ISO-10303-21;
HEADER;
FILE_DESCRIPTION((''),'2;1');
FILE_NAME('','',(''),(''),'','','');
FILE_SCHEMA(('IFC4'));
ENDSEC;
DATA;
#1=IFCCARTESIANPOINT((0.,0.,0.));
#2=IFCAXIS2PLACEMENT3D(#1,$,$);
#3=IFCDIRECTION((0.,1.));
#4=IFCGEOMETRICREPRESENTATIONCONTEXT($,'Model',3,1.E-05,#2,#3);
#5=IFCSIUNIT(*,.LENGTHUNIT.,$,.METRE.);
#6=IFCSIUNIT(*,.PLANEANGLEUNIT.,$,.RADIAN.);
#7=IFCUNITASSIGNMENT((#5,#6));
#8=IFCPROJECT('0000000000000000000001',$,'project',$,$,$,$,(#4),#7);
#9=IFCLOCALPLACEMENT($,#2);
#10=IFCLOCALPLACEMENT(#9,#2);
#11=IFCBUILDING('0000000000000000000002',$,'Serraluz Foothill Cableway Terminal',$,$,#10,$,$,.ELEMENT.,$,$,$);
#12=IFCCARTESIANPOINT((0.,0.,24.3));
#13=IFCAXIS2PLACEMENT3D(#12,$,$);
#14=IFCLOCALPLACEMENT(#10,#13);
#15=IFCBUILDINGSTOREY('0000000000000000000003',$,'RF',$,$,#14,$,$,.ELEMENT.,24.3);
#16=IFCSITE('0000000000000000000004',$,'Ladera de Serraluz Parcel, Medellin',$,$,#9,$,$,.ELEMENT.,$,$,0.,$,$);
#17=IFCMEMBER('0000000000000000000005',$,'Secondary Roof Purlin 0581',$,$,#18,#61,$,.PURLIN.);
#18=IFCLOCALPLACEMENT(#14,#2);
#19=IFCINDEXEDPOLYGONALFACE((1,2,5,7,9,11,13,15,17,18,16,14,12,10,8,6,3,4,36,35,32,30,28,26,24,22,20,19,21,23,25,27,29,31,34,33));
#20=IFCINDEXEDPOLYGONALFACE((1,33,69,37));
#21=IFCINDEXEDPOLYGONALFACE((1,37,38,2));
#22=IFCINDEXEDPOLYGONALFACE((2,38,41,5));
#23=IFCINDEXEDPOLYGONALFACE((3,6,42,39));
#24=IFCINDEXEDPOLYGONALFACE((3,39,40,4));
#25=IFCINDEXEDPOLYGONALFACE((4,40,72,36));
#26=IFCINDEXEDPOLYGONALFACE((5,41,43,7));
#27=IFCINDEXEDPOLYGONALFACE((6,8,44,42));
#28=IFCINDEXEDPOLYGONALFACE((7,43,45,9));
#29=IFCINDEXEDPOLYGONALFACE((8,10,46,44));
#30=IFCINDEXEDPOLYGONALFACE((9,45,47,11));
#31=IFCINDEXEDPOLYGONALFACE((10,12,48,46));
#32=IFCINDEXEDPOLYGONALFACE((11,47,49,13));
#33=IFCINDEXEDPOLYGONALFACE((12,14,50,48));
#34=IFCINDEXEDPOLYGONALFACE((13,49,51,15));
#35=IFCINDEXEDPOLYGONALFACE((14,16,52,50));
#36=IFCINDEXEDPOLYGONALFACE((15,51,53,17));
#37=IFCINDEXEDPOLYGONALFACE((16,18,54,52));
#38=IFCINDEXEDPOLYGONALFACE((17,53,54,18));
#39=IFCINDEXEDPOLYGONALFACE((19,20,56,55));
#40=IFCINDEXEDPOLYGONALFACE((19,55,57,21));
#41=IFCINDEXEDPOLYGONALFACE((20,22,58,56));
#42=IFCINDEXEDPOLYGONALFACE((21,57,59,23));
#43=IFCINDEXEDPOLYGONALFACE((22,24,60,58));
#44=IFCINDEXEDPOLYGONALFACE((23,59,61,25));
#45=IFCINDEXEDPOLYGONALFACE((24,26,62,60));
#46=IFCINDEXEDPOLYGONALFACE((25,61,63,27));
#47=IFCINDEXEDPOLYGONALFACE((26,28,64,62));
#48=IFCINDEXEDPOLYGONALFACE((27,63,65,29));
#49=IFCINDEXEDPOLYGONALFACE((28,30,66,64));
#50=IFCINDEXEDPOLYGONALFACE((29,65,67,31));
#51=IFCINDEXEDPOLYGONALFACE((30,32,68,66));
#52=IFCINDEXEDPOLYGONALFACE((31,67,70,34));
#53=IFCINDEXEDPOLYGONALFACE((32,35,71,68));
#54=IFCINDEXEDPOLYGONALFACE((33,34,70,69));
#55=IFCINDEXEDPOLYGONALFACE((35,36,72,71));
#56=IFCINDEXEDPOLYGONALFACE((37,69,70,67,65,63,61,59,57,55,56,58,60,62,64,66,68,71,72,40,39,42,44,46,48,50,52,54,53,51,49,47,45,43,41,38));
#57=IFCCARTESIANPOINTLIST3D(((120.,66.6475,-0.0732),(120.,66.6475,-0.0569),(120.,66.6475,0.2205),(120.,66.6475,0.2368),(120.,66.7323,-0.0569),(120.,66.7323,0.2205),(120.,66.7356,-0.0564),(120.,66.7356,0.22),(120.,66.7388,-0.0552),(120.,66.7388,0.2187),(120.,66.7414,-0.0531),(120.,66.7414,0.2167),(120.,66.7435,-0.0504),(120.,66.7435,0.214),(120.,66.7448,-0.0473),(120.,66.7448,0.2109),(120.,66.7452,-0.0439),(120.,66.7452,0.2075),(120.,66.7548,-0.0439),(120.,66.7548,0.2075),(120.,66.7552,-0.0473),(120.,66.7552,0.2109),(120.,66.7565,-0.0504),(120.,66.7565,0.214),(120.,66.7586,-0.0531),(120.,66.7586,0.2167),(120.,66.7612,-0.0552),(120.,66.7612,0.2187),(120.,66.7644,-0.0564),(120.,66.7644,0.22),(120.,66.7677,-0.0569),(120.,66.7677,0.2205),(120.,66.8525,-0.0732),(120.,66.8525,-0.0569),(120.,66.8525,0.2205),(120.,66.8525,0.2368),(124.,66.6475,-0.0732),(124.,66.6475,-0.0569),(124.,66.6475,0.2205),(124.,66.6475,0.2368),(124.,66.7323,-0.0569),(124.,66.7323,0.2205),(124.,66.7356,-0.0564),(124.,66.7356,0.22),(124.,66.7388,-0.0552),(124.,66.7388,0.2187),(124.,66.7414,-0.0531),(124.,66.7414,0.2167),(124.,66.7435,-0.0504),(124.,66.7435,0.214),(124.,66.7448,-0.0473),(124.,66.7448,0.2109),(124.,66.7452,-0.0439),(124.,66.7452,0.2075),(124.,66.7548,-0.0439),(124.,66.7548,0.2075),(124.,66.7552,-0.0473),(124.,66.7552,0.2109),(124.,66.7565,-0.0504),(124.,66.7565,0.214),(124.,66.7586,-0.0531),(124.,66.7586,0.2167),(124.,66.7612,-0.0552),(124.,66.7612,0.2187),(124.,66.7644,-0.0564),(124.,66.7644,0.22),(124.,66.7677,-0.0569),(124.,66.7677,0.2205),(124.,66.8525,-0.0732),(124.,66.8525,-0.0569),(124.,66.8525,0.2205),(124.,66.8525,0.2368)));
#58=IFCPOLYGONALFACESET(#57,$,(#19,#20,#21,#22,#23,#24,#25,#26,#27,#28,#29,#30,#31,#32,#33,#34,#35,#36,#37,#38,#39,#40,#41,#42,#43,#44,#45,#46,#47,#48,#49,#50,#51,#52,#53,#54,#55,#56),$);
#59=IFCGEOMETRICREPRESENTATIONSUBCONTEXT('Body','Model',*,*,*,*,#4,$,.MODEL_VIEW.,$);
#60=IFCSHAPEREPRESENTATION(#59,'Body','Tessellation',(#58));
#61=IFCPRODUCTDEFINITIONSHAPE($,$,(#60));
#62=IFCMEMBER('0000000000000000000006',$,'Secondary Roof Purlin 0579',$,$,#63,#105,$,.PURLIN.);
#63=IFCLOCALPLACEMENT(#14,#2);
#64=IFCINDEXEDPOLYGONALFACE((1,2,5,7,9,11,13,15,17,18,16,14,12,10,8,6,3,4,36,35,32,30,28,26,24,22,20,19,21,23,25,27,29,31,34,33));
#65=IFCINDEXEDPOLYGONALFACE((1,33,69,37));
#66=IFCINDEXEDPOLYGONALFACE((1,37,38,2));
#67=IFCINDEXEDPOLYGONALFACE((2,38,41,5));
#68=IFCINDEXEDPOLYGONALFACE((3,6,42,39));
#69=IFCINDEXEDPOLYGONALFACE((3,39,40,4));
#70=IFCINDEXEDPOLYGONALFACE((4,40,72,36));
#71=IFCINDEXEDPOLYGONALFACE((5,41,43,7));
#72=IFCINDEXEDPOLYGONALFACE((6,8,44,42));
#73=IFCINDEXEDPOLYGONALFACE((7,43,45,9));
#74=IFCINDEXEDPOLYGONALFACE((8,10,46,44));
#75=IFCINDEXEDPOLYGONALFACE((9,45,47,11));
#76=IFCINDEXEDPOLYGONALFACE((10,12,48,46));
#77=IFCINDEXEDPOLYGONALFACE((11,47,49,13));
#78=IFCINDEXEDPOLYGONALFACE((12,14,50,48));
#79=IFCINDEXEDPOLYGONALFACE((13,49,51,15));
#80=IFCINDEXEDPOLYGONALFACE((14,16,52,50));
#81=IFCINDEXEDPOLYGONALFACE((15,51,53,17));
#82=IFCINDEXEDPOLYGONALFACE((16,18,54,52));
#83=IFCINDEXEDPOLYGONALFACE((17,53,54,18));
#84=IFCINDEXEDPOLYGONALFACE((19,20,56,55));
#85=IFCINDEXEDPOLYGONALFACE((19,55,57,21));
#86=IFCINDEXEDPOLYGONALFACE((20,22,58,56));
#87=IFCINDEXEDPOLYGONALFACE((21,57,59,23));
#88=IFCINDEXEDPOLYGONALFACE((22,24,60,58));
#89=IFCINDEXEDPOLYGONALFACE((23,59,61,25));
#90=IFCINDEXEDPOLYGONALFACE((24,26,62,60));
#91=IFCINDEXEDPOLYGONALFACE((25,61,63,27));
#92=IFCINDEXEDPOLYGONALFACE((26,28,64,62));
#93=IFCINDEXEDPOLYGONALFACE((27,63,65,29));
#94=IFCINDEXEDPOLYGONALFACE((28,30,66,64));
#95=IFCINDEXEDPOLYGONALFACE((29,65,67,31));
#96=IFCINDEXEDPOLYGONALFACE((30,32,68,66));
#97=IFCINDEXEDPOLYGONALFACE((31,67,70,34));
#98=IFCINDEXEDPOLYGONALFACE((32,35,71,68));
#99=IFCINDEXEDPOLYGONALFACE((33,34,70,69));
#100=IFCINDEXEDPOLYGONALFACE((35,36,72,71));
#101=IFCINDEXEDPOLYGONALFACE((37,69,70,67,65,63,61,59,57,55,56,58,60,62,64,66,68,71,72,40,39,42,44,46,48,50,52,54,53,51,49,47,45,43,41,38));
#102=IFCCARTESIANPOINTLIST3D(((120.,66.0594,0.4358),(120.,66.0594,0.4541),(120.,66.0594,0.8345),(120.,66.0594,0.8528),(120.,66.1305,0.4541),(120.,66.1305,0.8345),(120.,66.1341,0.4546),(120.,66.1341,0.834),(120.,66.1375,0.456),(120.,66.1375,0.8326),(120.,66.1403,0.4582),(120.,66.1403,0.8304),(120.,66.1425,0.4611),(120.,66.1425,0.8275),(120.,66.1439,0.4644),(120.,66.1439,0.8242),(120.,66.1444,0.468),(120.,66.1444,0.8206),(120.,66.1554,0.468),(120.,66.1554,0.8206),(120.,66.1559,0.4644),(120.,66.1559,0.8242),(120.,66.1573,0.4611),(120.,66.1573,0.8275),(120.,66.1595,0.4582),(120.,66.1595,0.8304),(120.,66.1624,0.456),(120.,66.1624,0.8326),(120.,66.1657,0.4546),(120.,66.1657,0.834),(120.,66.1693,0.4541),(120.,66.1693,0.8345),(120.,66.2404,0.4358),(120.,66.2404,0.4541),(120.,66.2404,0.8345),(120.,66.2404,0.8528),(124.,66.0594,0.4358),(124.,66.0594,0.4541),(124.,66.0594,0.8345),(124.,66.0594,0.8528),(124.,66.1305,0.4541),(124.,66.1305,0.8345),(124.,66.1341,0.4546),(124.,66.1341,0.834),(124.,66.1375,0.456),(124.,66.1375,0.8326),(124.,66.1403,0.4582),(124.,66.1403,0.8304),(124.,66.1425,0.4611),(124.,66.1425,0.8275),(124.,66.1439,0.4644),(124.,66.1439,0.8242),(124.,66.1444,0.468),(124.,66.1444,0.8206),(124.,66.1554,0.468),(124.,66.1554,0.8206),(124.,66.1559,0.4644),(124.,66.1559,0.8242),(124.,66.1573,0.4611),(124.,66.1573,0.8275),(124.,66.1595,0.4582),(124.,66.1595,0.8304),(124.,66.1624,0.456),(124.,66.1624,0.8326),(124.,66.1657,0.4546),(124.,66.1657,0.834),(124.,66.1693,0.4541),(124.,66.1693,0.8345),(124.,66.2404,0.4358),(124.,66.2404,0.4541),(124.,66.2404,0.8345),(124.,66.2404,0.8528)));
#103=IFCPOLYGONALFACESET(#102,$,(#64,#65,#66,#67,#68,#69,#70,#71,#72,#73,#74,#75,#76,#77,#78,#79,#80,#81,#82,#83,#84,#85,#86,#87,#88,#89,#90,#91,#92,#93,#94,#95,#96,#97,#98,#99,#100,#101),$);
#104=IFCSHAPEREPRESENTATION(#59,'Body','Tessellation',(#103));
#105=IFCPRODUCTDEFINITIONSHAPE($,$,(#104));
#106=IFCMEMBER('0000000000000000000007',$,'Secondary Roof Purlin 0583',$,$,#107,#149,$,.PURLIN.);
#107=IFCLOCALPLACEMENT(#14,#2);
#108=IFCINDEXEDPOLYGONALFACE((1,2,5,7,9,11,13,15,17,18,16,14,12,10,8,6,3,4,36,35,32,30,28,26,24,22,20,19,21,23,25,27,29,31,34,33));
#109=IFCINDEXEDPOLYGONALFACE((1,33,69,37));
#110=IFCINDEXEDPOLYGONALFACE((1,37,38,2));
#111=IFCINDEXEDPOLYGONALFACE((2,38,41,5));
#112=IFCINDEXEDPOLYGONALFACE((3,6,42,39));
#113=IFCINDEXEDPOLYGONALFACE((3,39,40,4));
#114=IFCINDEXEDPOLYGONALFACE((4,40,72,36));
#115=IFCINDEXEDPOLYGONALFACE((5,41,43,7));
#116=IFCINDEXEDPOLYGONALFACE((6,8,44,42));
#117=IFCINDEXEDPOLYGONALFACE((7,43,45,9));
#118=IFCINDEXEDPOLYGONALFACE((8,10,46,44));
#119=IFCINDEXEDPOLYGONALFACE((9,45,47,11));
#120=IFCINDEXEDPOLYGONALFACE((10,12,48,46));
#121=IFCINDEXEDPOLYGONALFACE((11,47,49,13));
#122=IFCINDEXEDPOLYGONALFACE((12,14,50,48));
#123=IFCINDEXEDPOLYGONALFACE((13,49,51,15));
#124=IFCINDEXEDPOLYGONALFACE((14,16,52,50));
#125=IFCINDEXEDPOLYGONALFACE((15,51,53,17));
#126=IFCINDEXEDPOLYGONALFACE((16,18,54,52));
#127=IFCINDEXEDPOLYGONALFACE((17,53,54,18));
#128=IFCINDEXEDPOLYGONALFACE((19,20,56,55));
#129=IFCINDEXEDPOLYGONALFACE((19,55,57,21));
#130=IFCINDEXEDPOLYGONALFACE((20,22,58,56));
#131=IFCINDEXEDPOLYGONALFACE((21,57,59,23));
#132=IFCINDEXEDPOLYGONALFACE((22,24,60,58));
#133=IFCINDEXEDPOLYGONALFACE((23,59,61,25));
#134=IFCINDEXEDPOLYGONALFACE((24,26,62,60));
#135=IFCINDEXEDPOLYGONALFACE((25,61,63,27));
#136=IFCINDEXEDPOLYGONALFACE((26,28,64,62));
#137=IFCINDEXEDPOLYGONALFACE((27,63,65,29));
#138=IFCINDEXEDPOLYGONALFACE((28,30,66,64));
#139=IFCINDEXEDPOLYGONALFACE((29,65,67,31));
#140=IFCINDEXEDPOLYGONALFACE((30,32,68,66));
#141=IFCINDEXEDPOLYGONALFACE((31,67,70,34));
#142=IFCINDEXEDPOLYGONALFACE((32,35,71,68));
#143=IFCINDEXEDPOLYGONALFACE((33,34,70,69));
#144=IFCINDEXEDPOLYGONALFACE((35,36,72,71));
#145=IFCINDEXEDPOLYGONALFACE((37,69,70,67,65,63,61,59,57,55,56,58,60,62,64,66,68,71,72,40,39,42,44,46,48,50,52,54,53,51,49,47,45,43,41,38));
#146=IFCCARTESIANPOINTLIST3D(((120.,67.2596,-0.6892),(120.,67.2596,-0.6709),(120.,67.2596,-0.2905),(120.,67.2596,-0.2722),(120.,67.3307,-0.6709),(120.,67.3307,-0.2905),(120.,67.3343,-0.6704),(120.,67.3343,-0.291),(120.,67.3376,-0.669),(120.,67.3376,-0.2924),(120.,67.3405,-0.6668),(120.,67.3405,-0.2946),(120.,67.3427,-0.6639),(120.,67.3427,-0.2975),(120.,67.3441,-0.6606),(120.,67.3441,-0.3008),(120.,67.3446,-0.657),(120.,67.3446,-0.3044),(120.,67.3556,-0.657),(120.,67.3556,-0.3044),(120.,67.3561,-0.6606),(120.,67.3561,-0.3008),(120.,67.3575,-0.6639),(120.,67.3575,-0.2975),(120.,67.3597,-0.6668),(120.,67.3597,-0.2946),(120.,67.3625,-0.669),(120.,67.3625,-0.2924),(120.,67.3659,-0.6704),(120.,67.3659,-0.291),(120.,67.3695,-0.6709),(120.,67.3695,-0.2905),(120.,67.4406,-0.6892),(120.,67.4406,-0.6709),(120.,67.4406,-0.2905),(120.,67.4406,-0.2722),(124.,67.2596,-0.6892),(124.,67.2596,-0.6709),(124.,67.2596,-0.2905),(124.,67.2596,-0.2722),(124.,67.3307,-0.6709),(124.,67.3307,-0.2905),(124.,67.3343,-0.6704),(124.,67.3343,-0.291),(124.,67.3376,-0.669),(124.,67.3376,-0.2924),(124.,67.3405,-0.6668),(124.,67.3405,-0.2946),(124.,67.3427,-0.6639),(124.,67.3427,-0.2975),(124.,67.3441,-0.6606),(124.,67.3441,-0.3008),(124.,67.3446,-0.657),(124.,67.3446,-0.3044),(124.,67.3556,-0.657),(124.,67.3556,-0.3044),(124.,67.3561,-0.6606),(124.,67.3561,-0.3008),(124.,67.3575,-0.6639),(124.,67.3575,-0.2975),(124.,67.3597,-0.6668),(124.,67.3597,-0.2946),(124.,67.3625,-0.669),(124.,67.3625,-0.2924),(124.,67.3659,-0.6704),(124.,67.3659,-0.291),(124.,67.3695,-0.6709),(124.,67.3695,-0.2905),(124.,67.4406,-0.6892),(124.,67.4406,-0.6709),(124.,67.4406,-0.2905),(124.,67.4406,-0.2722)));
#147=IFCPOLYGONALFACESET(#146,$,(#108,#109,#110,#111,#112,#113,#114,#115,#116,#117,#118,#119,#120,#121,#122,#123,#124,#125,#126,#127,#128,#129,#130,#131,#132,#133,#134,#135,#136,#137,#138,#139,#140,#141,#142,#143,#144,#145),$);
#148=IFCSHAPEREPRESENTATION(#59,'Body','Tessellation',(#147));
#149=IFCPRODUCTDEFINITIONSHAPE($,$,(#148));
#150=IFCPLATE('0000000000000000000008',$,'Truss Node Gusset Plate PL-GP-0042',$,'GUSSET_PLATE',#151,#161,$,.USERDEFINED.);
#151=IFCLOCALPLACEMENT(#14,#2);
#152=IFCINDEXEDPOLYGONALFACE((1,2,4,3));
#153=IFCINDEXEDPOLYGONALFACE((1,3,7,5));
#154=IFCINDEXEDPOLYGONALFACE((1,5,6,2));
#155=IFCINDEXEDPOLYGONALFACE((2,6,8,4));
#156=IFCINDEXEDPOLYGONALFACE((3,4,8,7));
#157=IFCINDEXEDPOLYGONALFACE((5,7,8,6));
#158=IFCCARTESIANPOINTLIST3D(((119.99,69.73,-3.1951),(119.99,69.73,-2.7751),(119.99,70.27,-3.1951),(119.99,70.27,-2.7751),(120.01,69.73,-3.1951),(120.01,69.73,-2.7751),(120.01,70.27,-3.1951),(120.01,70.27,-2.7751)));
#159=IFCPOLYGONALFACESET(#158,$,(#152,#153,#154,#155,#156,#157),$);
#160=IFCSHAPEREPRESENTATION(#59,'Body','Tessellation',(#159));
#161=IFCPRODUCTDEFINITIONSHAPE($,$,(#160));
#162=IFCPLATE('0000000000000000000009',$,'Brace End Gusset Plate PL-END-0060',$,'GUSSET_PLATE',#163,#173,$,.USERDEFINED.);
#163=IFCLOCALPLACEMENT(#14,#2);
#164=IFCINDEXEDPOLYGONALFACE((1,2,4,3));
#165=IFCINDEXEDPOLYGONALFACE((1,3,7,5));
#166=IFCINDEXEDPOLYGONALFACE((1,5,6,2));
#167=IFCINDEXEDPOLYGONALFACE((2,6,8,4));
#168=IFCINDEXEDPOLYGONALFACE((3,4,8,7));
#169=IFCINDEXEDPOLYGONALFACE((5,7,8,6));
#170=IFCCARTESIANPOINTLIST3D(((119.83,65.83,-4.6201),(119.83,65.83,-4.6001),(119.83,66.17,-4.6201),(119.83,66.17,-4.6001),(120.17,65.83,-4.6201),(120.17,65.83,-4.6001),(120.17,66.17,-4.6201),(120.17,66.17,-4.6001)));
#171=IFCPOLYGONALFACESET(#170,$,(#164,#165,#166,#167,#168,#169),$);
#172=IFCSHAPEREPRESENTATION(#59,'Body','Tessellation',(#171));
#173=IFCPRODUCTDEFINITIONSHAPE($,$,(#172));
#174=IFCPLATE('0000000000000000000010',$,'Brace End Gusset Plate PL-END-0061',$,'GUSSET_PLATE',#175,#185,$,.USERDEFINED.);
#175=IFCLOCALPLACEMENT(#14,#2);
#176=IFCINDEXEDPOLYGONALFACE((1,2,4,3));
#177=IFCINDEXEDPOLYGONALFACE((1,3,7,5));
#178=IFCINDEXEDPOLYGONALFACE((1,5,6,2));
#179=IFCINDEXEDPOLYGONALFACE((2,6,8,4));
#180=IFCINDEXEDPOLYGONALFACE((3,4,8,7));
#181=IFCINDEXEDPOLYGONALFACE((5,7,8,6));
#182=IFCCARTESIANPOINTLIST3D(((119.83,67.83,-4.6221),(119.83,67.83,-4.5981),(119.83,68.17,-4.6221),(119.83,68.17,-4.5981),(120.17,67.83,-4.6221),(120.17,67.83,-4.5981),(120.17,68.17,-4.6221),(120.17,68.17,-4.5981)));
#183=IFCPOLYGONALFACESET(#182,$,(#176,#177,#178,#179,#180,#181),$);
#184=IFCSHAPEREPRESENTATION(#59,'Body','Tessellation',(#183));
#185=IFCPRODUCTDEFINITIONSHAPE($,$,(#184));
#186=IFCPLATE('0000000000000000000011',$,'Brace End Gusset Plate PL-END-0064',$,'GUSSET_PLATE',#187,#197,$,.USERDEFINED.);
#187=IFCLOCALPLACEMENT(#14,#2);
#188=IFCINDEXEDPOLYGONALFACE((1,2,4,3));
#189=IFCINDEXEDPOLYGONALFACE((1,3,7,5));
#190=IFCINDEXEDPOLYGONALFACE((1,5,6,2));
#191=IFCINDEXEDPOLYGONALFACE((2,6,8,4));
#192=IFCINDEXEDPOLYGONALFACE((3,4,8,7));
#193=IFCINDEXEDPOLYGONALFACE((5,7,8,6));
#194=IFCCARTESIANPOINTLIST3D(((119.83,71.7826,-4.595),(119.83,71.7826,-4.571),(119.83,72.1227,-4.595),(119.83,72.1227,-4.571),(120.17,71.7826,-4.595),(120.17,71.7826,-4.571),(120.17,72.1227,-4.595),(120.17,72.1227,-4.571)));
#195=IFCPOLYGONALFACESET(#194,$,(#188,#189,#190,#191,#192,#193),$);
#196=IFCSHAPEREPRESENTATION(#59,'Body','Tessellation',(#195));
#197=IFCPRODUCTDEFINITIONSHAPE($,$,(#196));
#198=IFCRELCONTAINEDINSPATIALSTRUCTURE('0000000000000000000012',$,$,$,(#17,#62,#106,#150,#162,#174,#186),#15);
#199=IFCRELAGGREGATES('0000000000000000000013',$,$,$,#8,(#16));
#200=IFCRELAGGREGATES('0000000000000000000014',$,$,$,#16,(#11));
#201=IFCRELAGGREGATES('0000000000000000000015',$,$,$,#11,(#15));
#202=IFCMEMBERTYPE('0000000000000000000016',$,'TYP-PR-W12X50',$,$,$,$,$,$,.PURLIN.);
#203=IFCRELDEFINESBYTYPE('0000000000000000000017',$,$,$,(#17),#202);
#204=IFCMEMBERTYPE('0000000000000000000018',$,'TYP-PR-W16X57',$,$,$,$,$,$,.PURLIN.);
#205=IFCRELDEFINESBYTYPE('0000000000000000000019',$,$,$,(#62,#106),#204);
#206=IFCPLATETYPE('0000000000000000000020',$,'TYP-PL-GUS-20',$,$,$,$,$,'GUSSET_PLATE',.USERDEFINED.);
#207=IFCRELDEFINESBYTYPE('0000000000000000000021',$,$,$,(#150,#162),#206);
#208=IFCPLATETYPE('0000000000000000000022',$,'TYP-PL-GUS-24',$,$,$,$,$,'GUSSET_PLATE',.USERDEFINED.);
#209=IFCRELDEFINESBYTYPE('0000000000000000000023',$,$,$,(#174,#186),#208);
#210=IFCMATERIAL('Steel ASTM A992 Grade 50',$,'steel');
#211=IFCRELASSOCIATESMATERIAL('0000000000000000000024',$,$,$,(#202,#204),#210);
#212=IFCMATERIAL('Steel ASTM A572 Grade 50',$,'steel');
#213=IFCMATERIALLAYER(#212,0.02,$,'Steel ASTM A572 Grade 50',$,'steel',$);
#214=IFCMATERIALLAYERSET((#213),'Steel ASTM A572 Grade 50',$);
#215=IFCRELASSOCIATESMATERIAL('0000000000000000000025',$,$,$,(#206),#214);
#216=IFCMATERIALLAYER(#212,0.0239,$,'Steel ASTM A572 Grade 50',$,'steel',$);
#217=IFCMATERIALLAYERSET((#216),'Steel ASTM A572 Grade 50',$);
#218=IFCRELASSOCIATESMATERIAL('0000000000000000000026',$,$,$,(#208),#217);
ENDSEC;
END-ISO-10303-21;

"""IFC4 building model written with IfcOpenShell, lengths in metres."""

from ifc_helpers import new_model, si_unit, direction, frame, origin, origin_2d, place, context, subcontext, project, spatial, rectangle, i_section, extrude, material, layer, layer_set, material_profile, profile_set, type_object, element, save


model = new_model("IFC4")

# Units and contexts
model_context = context("Model", 3, precision=1e-05, world=origin(), true_north=direction((0.0, 1.0)))
body_context = subcontext(model_context, "Body", "Model", "MODEL_VIEW")
ifc_project = project(units=[si_unit("LENGTHUNIT", "METRE"), si_unit("PLANEANGLEUNIT", "RADIAN")], contexts=[model_context])

# Site, building, storey
site_placement = place(None, origin())
site = spatial("IfcSite", under=ifc_project, at=site_placement, Name="Ladera de Serraluz Parcel, Medellin", CompositionType="ELEMENT", RefElevation=0.0)
building_placement = place(site_placement, origin())
building = spatial("IfcBuilding", under=site, at=building_placement, Name="Serraluz Foothill Cableway Terminal", CompositionType="ELEMENT")
storey_placement = place(building_placement, frame((0.0, 0.0, 24.3)))
storey = spatial("IfcBuildingStorey", under=building, at=storey_placement, Name="RF", CompositionType="ELEMENT", Elevation=24.3)

# Members
ifc_material_1 = material(Name="Steel ASTM A572 Grade 50", Category="steel")
ifc_material_2 = material(Name="Steel ASTM A992 Grade 50", Category="steel")
ifc_material_profile_1 = material_profile(ifc_material_2, i_section(OverallWidth=0.2051, OverallDepth=0.3101, WebThickness=0.0095, FlangeThickness=0.0164, FilletRadius=0.0129, at=origin_2d()), Name="W12X50")
ifc_profile_set_1 = profile_set([ifc_material_profile_1], Name="Steel ASTM A992 Grade 50")
member_type_1 = type_object("IfcMemberType", Name="TYP-PR-W12X50", PredefinedType="PURLIN", material=ifc_profile_set_1)
member_1_placement = place(storey_placement, frame((120.0, 66.75, 0.0818), z_axis=(1.0, 0.0, 0.0), x_axis=(0.0, 1.0, 0.0)))
element("IfcMember", 1, at=member_1_placement, inside=storey, type_object=member_type_1, Name="Secondary Roof Purlin 0581", PredefinedType="PURLIN", context=body_context, shape_type="SweptSolid", body=[
    extrude(i_section(OverallWidth=0.2051, OverallDepth=0.3101, WebThickness=0.0095, FlangeThickness=0.0164, FilletRadius=0.0129, at=origin_2d()), origin(), (0.0, 0.0, 1.0), 4.0),
])
ifc_material_profile_2 = material_profile(ifc_material_2, i_section(OverallWidth=0.1809, OverallDepth=0.417, WebThickness=0.011, FlangeThickness=0.0183, FilletRadius=0.0139, at=origin_2d()), Name="W16X57")
ifc_profile_set_2 = profile_set([ifc_material_profile_2], Name="Steel ASTM A992 Grade 50")
member_type_2 = type_object("IfcMemberType", Name="TYP-PR-W16X57", PredefinedType="PURLIN", material=ifc_profile_set_2)
for number, where, z_axis, x_axis, name in (
    (2, (120.0, 66.1499, 0.6443), (1.0, 0.0, 0.0), (0.0, 1.0, 0.0), "Secondary Roof Purlin 0579"),
    (3, (120.0, 67.3501, -0.4807), (1.0, 0.0, 0.0), (0.0, 1.0, 0.0), "Secondary Roof Purlin 0583"),
):
    element("IfcMember", number, at=place(storey_placement, frame(where, z_axis=z_axis, x_axis=x_axis)), inside=storey, type_object=member_type_2, Name=name, PredefinedType="PURLIN", context=body_context, shape_type="SweptSolid", body=[
        extrude(i_section(OverallWidth=0.1809, OverallDepth=0.417, WebThickness=0.011, FlangeThickness=0.0183, FilletRadius=0.0139, at=origin_2d()), origin(), (0.0, 0.0, 1.0), 4.0),
    ])

# Plates
ifc_layer_1 = layer(ifc_material_1, 0.02, Name="Steel ASTM A572 Grade 50", Category="steel")
ifc_layer_set_1 = layer_set([ifc_layer_1], Name="Steel ASTM A572 Grade 50")
plate_type_1 = type_object("IfcPlateType", Name="TYP-PL-GUS-20", ElementType="GUSSET_PLATE", PredefinedType="USERDEFINED", material=ifc_layer_set_1)
plate_1_placement = place(storey_placement, frame((120.0, 70.0, -3.1951), z_axis=(0.0, 0.0, 1.0), x_axis=(1.0, 0.0, 0.0)))
element("IfcPlate", 4, at=plate_1_placement, inside=storey, type_object=plate_type_1, Name="Truss Node Gusset Plate PL-GP-0042", ObjectType="GUSSET_PLATE", PredefinedType="USERDEFINED", context=body_context, shape_type="SweptSolid", body=[
    extrude(rectangle(XDim=0.02, YDim=0.54, at=origin_2d()), origin(), (0.0, 0.0, 1.0), 0.4199),
])
plate_2_placement = place(storey_placement, frame((120.0, 66.0, -4.6201), z_axis=(0.0, 0.0, 1.0), x_axis=(1.0, 0.0, 0.0)))
element("IfcPlate", 5, at=plate_2_placement, inside=storey, type_object=plate_type_1, Name="Brace End Gusset Plate PL-END-0060", ObjectType="GUSSET_PLATE", PredefinedType="USERDEFINED", context=body_context, shape_type="SweptSolid", body=[
    extrude(rectangle(XDim=0.3401, YDim=0.3401, at=origin_2d()), origin(), (0.0, 0.0, 1.0), 0.02),
])
ifc_layer_2 = layer(ifc_material_1, 0.0239, Name="Steel ASTM A572 Grade 50", Category="steel")
ifc_layer_set_2 = layer_set([ifc_layer_2], Name="Steel ASTM A572 Grade 50")
plate_type_2 = type_object("IfcPlateType", Name="TYP-PL-GUS-24", ElementType="GUSSET_PLATE", PredefinedType="USERDEFINED", material=ifc_layer_set_2)
for number, where, z_axis, x_axis, name in (
    (6, (120.0, 68.0, -4.6221), (0.0, 0.0, 1.0), (1.0, 0.0, 0.0), "Brace End Gusset Plate PL-END-0061"),
    (7, (120.0, 71.9526, -4.595), (0.0, 0.0, 1.0), (1.0, 0.0, 0.0), "Brace End Gusset Plate PL-END-0064"),
):
    element("IfcPlate", number, at=place(storey_placement, frame(where, z_axis=z_axis, x_axis=x_axis)), inside=storey, type_object=plate_type_2, Name=name, ObjectType="GUSSET_PLATE", PredefinedType="USERDEFINED", context=body_context, shape_type="SweptSolid", body=[
        extrude(rectangle(XDim=0.3401, YDim=0.3401, at=origin_2d()), origin(), (0.0, 0.0, 1.0), 0.0239),
    ])

save(model, "model.ifc")
